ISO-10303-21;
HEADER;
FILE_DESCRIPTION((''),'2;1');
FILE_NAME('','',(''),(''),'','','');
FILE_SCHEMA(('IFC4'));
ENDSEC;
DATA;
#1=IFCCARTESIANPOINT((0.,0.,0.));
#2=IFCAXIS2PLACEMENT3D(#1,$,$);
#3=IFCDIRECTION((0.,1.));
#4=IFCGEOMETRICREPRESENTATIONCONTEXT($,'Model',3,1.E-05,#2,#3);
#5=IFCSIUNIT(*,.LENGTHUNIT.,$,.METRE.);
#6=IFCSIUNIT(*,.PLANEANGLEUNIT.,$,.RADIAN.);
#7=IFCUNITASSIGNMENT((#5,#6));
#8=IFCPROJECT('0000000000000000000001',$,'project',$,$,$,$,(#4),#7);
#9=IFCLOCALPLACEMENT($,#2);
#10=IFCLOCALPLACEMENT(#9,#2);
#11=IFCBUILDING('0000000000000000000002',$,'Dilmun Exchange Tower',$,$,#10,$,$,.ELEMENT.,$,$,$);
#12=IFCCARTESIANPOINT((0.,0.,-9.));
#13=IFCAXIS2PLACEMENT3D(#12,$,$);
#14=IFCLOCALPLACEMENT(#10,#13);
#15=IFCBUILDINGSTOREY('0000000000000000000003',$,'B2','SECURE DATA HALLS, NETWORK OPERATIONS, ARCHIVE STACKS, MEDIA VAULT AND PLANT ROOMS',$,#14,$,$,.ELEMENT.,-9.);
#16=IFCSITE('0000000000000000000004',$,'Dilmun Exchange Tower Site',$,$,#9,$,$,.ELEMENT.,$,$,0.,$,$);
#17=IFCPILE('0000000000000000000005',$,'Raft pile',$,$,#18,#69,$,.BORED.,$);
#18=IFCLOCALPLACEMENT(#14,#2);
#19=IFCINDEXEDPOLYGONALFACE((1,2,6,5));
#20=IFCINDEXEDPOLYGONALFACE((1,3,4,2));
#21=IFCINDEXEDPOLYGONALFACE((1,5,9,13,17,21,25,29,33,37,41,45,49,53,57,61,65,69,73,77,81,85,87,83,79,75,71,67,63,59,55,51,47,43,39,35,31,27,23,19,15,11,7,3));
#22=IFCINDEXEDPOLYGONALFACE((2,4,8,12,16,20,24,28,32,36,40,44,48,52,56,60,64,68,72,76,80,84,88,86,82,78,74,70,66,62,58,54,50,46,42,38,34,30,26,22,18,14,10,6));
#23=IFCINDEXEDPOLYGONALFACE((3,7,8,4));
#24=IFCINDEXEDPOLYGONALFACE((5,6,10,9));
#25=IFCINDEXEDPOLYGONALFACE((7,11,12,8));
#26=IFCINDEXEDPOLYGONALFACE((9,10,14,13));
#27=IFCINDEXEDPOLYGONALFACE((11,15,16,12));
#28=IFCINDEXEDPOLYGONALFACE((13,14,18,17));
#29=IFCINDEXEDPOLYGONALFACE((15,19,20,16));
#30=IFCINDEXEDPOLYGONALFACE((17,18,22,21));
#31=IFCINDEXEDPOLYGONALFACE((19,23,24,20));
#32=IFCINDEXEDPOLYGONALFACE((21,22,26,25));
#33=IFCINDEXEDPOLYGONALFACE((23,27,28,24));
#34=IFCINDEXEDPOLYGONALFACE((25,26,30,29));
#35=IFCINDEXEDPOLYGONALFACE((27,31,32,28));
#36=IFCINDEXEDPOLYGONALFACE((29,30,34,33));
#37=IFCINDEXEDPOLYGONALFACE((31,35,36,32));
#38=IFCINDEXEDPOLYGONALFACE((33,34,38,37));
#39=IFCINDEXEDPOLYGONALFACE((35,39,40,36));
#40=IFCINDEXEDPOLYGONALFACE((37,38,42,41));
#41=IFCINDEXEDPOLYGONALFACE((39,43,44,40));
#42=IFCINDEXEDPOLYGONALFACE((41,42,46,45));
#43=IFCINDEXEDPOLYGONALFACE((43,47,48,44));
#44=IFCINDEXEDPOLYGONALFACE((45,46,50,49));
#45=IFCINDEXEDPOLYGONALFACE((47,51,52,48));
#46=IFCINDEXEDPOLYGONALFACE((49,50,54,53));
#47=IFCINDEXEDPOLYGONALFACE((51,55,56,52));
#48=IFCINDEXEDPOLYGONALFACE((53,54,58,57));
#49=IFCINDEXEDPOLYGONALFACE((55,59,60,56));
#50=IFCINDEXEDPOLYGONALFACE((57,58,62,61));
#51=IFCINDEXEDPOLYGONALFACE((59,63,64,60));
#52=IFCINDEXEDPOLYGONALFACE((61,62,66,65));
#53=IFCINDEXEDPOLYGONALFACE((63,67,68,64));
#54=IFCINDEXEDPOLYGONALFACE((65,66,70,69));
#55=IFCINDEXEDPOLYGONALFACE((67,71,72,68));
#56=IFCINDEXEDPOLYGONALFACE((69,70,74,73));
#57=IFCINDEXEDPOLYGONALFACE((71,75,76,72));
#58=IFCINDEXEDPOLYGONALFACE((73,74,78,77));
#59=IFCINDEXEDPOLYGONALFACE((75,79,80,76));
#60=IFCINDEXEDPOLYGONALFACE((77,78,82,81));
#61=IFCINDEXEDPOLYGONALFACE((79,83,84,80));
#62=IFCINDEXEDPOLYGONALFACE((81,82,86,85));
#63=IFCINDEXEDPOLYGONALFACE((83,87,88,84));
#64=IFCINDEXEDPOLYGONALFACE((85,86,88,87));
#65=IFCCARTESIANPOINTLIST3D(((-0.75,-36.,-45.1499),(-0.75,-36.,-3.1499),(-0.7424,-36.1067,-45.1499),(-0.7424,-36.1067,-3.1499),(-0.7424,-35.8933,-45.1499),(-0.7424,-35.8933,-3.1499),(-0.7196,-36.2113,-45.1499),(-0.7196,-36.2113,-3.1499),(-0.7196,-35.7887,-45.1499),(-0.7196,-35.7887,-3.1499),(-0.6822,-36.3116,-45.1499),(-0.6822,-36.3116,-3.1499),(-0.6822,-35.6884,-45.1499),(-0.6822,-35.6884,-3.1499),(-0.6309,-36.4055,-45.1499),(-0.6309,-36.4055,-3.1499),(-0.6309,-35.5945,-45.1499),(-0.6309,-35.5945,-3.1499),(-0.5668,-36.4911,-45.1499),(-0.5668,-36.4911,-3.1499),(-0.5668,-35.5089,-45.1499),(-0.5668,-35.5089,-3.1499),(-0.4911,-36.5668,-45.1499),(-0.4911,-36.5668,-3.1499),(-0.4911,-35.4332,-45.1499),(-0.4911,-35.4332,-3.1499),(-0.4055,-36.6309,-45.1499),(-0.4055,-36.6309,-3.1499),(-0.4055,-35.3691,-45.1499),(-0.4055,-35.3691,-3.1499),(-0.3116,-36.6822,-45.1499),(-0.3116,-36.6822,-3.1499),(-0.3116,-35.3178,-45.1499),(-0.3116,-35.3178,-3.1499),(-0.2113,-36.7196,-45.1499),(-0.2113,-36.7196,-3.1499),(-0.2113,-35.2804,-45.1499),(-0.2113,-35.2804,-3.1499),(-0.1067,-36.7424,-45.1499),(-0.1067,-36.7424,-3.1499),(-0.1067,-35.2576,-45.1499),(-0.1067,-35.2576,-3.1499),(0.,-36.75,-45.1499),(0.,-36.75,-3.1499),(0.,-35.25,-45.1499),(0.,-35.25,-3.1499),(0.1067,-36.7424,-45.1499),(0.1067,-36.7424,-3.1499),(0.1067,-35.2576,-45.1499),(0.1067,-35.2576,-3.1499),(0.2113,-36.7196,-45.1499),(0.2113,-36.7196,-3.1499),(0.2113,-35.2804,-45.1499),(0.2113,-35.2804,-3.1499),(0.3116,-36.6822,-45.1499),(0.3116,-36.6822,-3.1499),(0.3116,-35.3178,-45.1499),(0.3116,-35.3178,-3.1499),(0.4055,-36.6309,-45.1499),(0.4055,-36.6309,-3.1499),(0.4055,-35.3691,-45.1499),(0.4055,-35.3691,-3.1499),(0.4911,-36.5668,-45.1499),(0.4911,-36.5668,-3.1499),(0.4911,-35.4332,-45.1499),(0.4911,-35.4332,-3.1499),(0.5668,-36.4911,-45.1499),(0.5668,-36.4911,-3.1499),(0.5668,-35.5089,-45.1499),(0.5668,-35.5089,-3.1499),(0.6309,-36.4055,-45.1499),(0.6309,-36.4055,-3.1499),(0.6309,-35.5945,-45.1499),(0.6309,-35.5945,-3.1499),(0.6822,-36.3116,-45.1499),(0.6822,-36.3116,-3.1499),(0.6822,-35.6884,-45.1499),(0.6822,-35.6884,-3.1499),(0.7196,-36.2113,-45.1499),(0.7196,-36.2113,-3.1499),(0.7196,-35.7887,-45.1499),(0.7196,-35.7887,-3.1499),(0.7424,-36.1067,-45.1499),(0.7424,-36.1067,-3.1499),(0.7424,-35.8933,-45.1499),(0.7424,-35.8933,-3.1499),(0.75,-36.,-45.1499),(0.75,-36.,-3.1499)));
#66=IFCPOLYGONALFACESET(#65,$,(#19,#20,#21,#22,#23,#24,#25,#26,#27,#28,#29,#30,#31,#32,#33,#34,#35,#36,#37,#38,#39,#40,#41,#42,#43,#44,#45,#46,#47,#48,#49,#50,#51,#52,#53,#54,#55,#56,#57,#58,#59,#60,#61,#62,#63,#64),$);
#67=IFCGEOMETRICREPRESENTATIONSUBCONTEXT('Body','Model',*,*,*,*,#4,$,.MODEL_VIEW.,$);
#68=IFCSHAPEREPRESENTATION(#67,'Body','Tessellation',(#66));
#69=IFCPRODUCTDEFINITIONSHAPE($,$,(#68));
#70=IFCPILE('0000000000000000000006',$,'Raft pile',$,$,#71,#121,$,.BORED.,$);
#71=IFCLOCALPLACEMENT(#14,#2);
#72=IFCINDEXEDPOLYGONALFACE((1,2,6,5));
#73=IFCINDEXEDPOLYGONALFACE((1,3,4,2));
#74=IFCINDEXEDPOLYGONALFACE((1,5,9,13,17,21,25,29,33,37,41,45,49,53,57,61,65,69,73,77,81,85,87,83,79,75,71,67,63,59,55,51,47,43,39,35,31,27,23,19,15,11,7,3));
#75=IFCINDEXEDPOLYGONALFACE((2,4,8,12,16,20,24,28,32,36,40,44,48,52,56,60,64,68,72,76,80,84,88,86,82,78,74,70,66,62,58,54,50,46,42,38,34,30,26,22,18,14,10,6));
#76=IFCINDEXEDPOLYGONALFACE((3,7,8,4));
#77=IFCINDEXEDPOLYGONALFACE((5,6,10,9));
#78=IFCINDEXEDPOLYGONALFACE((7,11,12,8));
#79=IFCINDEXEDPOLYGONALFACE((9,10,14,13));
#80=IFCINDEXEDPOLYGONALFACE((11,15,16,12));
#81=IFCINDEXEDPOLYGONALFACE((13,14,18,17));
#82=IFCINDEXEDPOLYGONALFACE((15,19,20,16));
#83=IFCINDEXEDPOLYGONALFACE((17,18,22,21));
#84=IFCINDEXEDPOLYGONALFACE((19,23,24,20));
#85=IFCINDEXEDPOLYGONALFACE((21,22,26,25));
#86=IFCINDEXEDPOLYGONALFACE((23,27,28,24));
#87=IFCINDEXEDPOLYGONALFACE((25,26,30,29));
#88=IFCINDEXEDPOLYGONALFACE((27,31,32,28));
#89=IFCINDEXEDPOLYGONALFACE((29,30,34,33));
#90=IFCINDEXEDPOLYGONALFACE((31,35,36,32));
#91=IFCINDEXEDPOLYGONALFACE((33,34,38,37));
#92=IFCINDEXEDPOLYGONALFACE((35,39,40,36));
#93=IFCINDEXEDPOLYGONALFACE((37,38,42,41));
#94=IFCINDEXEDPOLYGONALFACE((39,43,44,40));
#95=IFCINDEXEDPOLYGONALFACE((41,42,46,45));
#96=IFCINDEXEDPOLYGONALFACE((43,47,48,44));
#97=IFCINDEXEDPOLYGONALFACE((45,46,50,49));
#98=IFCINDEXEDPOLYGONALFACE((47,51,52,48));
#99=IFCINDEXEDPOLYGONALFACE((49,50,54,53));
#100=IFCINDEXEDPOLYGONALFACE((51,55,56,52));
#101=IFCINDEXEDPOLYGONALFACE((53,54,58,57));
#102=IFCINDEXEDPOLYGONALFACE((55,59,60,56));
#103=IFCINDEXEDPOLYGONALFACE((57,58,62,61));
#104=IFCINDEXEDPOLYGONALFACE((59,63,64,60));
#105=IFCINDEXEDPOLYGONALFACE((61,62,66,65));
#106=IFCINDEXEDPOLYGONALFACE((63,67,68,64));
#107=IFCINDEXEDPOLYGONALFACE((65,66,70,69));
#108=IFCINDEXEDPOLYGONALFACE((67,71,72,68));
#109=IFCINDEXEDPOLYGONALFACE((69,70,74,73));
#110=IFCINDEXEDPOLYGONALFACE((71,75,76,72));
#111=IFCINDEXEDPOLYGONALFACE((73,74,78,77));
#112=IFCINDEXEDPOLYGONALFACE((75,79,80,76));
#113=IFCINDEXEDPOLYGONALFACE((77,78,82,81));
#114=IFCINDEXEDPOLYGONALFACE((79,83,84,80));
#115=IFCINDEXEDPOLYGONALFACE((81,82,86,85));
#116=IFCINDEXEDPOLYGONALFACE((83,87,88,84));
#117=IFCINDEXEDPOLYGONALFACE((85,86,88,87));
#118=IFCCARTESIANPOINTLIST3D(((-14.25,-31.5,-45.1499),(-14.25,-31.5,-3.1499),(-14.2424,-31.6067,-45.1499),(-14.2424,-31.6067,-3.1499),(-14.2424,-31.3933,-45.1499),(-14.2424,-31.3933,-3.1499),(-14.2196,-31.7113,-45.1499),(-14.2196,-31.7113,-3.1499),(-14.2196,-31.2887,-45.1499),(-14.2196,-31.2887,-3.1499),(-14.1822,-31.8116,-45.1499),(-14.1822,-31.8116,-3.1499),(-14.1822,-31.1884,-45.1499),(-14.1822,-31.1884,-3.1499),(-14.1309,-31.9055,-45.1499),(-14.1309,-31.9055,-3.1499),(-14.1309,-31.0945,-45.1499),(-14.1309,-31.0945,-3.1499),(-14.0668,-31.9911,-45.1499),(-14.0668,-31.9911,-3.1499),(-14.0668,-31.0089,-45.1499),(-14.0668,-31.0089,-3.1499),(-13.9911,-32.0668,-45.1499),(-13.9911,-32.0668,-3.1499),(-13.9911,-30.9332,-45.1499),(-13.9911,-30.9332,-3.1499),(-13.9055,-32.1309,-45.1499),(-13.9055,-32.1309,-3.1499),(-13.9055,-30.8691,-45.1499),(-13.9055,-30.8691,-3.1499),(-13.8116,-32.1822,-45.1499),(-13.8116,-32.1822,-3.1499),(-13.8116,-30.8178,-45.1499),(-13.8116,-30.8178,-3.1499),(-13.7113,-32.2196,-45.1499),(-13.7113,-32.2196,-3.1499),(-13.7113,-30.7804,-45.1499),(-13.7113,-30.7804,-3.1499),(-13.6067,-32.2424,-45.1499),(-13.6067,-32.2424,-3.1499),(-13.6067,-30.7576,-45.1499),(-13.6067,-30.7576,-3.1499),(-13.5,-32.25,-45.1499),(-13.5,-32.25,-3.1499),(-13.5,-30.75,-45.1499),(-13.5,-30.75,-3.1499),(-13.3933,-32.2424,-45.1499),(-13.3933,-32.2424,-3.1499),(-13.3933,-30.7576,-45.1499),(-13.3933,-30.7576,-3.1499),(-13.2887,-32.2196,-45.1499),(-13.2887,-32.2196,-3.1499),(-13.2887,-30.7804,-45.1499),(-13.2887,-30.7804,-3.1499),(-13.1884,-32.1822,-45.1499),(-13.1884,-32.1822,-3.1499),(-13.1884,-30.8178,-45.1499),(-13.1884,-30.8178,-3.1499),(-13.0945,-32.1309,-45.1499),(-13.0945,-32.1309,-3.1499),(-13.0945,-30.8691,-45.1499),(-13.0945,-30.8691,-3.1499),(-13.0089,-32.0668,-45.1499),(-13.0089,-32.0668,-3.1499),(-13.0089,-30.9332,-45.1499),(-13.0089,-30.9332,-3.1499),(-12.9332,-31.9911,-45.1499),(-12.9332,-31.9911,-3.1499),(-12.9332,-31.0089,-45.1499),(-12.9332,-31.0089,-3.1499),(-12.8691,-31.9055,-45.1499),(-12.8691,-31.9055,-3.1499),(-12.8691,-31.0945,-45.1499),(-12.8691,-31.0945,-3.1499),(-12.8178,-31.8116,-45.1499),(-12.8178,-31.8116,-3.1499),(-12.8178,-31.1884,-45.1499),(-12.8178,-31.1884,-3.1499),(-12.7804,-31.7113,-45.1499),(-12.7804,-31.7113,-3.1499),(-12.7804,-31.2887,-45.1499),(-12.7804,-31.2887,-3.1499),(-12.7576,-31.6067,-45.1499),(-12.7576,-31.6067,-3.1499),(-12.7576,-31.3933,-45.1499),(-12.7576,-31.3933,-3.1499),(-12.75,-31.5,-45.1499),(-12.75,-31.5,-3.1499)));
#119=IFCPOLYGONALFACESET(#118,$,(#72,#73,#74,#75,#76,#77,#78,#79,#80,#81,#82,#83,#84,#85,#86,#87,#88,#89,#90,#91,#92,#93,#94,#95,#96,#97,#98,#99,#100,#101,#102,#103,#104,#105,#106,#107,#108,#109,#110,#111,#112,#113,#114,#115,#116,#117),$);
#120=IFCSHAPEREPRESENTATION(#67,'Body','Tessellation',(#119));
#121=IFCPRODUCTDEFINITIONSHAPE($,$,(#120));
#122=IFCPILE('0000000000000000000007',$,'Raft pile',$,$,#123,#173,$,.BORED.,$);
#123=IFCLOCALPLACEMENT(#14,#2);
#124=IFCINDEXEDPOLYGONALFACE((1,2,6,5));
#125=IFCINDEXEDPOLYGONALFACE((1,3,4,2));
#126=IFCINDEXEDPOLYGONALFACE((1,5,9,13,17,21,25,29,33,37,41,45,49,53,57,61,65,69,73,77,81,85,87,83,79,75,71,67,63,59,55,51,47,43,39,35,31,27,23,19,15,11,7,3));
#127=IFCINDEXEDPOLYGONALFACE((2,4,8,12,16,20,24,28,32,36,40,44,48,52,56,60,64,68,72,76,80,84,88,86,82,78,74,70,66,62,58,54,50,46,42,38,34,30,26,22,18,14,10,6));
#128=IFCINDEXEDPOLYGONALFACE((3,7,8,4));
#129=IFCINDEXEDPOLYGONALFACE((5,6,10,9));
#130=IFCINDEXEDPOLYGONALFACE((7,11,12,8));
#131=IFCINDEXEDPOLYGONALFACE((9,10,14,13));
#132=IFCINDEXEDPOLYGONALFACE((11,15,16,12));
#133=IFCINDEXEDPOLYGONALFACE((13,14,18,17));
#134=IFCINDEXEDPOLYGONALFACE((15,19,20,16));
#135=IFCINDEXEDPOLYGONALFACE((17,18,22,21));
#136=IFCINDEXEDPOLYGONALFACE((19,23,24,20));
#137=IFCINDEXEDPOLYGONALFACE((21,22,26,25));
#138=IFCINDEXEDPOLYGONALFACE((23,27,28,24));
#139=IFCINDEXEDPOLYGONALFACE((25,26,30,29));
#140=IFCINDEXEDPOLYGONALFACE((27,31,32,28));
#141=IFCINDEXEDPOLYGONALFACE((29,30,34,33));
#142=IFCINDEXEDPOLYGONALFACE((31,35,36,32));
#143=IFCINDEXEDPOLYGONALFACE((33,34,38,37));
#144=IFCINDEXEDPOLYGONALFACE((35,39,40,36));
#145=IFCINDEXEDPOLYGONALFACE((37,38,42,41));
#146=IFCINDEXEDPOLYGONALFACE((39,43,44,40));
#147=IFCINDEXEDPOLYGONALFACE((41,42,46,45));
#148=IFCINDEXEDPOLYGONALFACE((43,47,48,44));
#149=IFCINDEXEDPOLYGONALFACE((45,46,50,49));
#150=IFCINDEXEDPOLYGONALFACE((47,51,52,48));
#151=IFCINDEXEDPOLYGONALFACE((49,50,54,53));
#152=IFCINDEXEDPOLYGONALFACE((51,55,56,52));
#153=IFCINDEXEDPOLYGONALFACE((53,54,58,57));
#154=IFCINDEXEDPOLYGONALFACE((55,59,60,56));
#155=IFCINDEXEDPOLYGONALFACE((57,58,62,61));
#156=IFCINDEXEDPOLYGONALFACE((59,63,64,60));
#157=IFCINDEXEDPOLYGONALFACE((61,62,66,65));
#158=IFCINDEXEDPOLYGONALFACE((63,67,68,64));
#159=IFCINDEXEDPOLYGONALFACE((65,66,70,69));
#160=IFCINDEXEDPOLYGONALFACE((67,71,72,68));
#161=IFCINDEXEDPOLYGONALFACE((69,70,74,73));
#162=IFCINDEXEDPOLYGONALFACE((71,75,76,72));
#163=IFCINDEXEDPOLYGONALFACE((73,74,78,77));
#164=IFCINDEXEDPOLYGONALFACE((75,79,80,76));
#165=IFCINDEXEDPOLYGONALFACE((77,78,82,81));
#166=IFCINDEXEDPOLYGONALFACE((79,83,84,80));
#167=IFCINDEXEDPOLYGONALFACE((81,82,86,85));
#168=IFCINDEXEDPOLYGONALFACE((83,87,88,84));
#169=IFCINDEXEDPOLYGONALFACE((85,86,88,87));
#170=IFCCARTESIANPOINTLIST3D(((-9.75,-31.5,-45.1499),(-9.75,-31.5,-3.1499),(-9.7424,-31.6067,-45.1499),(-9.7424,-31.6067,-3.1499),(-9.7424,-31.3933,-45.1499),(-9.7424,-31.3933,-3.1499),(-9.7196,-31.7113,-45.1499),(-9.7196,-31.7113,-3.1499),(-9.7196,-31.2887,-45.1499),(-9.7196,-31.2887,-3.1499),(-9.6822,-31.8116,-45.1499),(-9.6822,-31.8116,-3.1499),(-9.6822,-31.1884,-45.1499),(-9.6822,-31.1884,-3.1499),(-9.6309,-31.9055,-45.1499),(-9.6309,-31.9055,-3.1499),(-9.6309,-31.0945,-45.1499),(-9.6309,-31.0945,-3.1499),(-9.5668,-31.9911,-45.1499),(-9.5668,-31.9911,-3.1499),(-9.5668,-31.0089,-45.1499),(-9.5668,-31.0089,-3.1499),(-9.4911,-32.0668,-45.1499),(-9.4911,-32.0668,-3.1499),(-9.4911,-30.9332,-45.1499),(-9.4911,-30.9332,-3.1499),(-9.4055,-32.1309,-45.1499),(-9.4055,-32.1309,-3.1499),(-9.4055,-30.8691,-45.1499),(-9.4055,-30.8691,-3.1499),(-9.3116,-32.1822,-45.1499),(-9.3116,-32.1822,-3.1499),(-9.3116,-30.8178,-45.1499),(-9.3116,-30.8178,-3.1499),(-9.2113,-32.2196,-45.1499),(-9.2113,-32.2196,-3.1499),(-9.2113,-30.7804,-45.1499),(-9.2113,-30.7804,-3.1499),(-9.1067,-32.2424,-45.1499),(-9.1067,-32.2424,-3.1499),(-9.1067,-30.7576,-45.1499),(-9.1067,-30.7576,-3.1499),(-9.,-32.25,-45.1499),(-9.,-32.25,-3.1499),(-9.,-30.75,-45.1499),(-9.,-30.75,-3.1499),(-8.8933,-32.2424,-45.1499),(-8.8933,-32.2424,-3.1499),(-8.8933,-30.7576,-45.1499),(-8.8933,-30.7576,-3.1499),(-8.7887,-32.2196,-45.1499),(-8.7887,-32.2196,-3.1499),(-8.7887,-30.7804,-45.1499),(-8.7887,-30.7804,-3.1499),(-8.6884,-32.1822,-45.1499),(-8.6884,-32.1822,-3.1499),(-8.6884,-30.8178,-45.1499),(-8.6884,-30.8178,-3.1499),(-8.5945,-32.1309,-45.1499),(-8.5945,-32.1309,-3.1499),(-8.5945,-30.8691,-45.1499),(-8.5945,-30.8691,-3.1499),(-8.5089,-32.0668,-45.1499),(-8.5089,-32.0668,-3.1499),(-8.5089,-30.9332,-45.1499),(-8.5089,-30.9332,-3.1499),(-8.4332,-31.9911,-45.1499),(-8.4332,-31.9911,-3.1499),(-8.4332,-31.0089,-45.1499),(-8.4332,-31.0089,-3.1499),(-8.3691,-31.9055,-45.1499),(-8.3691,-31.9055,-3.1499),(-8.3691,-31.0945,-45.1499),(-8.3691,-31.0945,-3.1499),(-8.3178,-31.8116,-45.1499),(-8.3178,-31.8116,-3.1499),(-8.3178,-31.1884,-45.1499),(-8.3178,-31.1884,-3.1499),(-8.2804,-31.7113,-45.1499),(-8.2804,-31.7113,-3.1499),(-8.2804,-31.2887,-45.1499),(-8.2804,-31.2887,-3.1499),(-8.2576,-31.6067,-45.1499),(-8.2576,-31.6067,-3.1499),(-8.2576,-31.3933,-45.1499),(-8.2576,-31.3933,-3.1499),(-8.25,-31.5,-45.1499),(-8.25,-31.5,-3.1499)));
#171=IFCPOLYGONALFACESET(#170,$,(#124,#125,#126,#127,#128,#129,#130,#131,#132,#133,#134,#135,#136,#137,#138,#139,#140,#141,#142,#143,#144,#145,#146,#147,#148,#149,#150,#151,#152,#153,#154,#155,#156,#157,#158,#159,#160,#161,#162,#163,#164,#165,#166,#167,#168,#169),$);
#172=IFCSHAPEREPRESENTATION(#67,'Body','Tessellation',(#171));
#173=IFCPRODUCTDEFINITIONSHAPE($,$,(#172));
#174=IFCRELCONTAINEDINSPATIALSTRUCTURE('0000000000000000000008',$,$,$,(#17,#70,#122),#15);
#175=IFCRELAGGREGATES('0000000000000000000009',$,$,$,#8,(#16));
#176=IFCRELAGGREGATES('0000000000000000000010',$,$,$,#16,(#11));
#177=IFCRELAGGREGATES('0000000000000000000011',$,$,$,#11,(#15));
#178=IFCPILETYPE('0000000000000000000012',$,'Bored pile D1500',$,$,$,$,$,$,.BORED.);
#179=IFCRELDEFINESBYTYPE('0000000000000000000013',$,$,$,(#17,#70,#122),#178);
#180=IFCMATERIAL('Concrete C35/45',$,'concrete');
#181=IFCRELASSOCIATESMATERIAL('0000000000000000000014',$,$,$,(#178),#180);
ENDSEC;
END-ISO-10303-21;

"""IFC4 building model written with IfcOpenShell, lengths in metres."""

from ifc_helpers import new_model, si_unit, direction, frame, origin, origin_2d, place, context, subcontext, project, spatial, circle, extrude, material, material_profile, profile_set, type_object, element, save


model = new_model("IFC4")

# Units and contexts
model_context = context("Model", 3, precision=1e-05, world=origin(), true_north=direction((0.0, 1.0)))
body_context = subcontext(model_context, "Body", "Model", "MODEL_VIEW")
ifc_project = project(units=[si_unit("LENGTHUNIT", "METRE"), si_unit("PLANEANGLEUNIT", "RADIAN")], contexts=[model_context])

# Site, building, storey
site_placement = place(None, origin())
site = spatial("IfcSite", under=ifc_project, at=site_placement, Name="Dilmun Exchange Tower Site", CompositionType="ELEMENT", RefElevation=0.0)
building_placement = place(site_placement, origin())
building = spatial("IfcBuilding", under=site, at=building_placement, Name="Dilmun Exchange Tower", CompositionType="ELEMENT")
storey_placement = place(building_placement, frame((0.0, 0.0, -9.0)))
storey = spatial("IfcBuildingStorey", under=building, at=storey_placement, Name="B2", Description="SECURE DATA HALLS, NETWORK OPERATIONS, ARCHIVE STACKS, MEDIA VAULT AND PLANT ROOMS", CompositionType="ELEMENT", Elevation=-9.0)

# Piles
ifc_material_1 = material(Name="Concrete C35/45", Category="concrete")
ifc_material_profile_1 = material_profile(ifc_material_1, circle(Radius=0.75, at=origin_2d()), Name="D1500")
ifc_profile_set_1 = profile_set([ifc_material_profile_1], Name="Concrete C35/45")
pile_type = type_object("IfcPileType", Name="Bored pile D1500", PredefinedType="BORED", material=ifc_profile_set_1)
for number, where, z_axis, x_axis, name in (
    (1, (0.0, -36.0, -3.1499), (0.0, 0.0, -1.0), (1.0, 0.0, 0.0), "Raft pile"),
    (2, (-13.5, -31.5, -3.1499), (0.0, 0.0, -1.0), (1.0, 0.0, 0.0), "Raft pile"),
    (3, (-9.0, -31.5, -3.1499), (0.0, 0.0, -1.0), (1.0, 0.0, 0.0), "Raft pile"),
):
    element("IfcPile", number, at=place(storey_placement, frame(where, z_axis=z_axis, x_axis=x_axis)), inside=storey, type_object=pile_type, Name=name, PredefinedType="BORED", context=body_context, shape_type="SweptSolid", body=[
        extrude(circle(Radius=0.75, at=origin_2d()), origin(), (0.0, 0.0, 1.0), 42.0),
    ])

save(model, "model.ifc")
